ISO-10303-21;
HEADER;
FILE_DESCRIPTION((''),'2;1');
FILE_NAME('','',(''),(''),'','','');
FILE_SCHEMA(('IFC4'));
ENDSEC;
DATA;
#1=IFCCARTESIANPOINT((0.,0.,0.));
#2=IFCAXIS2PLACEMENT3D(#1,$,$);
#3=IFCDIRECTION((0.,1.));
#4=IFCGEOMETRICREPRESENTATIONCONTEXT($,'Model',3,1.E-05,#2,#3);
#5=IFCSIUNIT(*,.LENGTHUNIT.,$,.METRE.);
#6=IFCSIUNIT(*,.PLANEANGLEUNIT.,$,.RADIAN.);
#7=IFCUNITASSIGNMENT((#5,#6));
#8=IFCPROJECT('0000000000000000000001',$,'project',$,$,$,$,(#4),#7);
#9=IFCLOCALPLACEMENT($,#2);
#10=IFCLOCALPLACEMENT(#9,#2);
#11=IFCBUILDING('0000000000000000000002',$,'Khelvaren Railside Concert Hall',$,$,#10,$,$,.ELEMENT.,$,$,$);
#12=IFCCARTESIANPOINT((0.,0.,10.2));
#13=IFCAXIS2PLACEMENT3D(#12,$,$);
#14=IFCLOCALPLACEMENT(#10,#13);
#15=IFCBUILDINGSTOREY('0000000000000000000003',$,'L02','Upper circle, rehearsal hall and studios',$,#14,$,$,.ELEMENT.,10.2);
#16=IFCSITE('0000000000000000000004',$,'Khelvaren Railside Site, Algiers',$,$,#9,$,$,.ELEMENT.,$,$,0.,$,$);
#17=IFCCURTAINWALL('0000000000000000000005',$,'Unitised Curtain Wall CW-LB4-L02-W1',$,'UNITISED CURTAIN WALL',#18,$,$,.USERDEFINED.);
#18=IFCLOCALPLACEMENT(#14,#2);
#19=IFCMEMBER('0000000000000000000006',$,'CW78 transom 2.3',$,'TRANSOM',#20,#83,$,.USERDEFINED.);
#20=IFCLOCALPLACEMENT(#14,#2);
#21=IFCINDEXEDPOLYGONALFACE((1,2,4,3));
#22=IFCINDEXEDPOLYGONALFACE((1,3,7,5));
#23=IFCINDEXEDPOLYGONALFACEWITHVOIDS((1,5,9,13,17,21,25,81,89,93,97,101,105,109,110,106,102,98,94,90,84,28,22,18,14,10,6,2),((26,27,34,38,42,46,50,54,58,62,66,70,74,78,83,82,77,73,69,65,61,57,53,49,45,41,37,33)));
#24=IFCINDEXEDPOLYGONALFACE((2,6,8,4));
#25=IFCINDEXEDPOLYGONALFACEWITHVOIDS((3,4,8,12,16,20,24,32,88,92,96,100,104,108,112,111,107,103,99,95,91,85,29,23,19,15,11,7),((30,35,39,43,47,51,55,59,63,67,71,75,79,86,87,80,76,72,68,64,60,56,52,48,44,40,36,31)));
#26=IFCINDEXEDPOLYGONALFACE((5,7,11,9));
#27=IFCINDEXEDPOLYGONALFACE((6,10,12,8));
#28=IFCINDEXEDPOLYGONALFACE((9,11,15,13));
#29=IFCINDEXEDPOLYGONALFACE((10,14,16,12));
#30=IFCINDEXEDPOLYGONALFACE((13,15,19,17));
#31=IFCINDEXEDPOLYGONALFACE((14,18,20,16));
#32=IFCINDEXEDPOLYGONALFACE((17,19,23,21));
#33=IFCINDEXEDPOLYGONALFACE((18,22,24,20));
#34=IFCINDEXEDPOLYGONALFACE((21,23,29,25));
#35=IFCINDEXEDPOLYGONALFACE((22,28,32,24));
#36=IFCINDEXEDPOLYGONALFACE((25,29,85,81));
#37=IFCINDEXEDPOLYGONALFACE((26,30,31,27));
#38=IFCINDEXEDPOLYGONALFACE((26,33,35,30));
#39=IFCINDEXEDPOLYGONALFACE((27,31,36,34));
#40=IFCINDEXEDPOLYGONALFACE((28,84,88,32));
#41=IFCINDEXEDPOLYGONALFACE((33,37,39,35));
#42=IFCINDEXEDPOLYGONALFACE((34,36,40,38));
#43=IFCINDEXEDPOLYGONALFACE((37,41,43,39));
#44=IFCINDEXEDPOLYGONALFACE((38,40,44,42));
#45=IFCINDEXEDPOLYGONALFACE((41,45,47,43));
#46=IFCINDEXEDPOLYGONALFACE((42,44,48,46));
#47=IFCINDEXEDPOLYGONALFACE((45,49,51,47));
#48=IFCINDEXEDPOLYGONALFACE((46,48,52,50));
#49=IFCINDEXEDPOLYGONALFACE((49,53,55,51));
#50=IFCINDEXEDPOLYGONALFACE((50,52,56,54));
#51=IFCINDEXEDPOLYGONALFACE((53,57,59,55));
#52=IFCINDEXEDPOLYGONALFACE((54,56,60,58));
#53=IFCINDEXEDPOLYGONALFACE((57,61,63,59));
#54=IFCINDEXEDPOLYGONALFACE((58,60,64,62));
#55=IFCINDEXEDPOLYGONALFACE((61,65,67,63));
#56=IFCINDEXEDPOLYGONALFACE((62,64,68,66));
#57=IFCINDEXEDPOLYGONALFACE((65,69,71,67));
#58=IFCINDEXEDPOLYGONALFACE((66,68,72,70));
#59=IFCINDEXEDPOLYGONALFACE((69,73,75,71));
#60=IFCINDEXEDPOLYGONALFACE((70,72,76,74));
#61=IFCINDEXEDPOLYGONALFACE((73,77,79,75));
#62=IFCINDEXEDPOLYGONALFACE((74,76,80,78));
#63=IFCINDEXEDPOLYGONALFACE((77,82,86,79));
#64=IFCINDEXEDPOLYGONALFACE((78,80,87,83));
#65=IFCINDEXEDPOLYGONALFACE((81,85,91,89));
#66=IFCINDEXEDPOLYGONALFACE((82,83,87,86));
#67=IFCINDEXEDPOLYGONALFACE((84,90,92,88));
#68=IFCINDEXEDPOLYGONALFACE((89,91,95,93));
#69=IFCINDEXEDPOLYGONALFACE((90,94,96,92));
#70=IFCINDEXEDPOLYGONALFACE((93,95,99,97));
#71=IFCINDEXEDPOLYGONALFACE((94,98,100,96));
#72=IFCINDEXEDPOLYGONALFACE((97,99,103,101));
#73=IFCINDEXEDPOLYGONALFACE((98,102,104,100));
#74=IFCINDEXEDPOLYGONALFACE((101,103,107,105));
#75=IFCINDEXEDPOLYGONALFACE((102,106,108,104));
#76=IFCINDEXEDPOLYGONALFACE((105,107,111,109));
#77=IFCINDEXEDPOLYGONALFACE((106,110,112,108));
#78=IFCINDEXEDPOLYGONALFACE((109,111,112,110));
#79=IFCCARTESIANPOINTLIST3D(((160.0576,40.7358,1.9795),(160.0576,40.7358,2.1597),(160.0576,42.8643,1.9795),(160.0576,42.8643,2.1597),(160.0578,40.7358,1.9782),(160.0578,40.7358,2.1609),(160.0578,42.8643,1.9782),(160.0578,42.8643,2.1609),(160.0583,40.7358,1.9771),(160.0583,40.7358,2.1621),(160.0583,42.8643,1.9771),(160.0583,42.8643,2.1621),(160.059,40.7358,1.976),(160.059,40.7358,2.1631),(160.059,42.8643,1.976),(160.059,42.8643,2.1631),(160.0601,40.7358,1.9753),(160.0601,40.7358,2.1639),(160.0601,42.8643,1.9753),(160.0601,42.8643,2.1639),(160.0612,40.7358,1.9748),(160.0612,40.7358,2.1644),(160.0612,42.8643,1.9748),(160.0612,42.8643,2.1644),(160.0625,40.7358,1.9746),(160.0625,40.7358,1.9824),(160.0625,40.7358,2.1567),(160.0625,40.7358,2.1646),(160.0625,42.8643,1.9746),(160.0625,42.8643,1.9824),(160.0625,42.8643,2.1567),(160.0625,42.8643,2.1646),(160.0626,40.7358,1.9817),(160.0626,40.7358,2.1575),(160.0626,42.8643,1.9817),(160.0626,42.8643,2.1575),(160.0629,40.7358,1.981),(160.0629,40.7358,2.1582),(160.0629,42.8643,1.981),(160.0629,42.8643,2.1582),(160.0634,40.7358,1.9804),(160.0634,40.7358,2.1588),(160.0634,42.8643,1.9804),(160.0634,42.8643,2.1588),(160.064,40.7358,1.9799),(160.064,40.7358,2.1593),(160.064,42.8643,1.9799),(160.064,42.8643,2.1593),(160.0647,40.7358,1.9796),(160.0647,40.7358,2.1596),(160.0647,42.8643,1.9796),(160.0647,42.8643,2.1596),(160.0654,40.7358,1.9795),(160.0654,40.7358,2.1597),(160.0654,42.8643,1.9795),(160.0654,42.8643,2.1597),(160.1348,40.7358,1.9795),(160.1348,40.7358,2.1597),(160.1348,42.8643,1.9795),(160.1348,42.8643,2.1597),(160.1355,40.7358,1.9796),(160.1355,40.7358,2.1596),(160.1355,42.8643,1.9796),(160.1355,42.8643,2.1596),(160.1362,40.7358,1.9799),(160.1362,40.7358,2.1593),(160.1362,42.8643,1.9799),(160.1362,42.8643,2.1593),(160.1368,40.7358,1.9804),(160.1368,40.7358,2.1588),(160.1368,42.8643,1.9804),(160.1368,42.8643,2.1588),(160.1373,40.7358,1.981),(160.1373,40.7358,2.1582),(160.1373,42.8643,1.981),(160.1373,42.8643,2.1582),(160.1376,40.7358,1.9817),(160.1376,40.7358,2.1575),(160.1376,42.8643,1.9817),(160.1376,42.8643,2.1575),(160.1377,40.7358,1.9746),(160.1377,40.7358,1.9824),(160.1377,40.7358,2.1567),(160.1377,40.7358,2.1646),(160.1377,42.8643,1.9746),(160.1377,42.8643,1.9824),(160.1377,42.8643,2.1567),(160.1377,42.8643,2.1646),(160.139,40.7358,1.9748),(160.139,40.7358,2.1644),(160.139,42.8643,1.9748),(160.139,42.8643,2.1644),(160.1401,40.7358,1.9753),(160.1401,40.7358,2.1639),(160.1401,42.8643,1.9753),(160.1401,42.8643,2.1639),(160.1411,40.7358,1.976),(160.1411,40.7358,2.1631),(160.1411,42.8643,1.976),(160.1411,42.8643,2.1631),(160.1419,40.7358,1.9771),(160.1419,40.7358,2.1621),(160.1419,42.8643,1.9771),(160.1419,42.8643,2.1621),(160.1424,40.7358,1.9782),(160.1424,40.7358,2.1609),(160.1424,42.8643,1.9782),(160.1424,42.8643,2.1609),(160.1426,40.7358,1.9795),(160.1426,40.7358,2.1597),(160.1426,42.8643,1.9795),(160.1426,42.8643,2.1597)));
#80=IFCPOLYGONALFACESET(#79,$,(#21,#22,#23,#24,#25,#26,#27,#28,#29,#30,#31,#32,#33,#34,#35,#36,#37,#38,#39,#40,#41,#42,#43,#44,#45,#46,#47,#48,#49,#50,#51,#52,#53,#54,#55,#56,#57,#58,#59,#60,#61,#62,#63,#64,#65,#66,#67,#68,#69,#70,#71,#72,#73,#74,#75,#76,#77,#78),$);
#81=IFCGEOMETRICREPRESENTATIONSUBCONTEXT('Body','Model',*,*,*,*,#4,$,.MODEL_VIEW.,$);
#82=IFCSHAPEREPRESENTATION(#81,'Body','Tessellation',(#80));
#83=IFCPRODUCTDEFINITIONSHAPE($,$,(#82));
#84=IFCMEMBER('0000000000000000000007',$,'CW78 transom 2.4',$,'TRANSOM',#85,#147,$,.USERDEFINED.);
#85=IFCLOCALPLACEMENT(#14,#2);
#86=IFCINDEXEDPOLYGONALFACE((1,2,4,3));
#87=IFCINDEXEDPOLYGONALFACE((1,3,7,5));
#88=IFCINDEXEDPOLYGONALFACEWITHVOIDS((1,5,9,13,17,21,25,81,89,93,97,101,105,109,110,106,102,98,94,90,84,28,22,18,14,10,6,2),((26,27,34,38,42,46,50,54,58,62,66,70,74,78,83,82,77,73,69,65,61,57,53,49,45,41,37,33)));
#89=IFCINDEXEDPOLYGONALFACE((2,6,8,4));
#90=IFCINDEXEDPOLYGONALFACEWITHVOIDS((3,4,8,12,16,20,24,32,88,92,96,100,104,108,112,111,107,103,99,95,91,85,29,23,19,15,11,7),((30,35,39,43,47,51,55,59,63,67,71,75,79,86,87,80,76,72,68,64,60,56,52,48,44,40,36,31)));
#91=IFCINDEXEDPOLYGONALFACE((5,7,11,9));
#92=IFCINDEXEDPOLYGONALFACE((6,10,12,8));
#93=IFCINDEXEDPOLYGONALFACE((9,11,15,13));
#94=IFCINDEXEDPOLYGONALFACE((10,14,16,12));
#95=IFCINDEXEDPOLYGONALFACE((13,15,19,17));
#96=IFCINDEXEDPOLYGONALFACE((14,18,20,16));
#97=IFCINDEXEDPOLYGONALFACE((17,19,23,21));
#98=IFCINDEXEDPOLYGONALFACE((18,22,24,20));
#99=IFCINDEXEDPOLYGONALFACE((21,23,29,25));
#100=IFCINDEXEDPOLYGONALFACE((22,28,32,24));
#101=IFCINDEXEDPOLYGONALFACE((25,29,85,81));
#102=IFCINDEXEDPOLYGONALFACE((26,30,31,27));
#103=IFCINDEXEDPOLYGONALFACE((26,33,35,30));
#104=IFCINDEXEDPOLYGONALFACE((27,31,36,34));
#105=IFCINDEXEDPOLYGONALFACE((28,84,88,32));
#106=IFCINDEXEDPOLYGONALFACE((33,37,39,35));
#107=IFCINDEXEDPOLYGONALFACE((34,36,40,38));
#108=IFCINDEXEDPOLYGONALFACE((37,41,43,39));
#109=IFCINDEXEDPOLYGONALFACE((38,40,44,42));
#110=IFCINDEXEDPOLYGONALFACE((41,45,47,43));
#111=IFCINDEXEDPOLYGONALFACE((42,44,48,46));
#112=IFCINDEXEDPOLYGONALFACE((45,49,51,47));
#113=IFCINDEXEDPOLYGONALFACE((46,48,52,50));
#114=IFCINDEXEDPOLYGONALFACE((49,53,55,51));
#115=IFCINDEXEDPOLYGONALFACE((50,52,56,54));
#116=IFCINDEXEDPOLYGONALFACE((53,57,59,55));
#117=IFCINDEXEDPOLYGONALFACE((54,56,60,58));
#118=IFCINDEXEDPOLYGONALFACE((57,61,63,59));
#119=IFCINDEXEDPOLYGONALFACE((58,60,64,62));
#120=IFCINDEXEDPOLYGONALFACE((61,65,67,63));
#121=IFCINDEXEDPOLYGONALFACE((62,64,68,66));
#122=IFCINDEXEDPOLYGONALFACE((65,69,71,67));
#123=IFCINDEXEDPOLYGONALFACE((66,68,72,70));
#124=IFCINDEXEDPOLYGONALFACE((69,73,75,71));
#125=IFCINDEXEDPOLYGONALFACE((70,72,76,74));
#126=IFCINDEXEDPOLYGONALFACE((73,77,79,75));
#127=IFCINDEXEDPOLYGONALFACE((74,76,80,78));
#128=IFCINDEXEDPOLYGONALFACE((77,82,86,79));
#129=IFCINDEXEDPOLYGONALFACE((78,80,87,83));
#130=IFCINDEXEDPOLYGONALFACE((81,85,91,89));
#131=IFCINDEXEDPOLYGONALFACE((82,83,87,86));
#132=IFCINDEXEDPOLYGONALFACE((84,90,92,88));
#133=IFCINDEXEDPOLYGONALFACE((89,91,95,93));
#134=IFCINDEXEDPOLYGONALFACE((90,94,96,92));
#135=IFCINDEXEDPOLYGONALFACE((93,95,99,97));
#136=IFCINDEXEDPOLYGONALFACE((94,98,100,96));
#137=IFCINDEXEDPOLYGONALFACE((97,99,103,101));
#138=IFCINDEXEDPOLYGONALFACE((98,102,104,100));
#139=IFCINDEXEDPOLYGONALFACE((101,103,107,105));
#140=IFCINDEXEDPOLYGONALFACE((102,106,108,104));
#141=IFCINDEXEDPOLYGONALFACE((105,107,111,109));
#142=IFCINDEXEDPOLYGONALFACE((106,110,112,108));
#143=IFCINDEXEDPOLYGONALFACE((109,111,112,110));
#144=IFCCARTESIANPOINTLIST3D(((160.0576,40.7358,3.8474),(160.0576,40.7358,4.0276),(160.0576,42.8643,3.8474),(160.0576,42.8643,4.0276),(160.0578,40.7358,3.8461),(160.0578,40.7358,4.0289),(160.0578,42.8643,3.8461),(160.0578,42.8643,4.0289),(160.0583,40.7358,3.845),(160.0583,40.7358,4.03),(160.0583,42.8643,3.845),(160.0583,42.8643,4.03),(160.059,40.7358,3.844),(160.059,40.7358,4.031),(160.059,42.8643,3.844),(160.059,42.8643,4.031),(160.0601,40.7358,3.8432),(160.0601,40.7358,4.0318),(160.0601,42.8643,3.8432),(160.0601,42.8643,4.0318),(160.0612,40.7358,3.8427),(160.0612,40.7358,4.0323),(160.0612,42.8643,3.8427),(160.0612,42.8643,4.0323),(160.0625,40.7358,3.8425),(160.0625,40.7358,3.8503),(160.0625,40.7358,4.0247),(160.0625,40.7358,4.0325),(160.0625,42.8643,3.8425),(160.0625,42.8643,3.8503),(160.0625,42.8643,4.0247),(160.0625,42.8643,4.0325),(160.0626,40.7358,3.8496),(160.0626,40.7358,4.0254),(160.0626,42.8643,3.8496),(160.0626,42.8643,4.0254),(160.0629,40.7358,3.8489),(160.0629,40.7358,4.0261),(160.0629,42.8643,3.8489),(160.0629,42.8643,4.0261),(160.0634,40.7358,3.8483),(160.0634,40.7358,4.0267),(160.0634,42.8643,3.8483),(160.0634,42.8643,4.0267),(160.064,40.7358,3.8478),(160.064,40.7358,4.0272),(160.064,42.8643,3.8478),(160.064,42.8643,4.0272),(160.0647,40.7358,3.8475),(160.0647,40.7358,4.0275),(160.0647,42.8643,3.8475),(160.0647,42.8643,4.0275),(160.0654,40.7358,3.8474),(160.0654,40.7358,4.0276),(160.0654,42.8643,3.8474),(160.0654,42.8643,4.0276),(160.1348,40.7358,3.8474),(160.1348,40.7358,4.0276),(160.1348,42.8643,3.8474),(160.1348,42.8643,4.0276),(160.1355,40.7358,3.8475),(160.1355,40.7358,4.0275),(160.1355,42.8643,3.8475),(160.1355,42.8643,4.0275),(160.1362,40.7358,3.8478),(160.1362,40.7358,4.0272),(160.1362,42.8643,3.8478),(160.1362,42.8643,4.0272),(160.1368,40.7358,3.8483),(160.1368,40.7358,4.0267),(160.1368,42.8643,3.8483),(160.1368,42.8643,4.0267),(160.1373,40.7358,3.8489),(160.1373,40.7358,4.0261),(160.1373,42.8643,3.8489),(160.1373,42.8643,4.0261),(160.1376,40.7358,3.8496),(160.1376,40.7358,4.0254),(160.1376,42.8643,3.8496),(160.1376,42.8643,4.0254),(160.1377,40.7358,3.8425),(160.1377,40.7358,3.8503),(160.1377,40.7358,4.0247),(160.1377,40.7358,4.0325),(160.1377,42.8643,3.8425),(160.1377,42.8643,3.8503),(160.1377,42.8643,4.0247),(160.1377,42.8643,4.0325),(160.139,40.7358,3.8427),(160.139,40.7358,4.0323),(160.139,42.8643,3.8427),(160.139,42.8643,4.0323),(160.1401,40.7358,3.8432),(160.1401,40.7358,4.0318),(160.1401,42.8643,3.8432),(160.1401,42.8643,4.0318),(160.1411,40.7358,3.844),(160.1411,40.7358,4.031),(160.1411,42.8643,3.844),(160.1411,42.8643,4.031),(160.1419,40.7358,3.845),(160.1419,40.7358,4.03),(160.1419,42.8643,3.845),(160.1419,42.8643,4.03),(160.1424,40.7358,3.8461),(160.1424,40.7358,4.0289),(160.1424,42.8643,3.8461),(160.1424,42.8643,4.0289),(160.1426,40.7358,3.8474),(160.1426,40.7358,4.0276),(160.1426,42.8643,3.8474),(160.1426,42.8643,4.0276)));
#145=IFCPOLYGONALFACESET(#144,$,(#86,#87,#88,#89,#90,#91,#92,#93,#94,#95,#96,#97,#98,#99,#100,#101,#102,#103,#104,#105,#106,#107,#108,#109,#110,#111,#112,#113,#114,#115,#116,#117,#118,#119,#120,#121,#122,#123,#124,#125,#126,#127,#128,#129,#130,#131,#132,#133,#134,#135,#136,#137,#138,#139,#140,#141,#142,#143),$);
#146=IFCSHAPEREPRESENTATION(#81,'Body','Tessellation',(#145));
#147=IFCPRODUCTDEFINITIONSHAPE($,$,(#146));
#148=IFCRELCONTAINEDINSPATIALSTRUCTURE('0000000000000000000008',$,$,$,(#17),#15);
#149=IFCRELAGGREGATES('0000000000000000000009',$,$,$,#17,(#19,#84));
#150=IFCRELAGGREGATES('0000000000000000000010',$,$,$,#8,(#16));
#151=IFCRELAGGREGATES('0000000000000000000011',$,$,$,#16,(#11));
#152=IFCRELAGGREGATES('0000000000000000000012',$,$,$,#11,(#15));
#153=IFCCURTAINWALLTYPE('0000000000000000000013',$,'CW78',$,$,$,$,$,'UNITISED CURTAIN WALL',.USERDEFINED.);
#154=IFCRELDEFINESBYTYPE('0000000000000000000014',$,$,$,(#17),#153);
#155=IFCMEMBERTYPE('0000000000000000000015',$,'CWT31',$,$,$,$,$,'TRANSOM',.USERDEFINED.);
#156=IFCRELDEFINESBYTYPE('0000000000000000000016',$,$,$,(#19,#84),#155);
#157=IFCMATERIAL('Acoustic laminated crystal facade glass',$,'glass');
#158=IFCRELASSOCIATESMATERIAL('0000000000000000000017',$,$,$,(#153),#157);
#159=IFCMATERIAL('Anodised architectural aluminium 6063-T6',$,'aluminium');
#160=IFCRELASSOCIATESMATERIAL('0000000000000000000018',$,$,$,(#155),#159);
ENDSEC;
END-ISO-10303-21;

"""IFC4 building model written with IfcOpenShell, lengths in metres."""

from ifc_helpers import new_model, si_unit, direction, frame, origin, origin_2d, place, context, subcontext, project, spatial, hollow_rectangle, extrude, material, material_profile, profile_set, type_object, element, aggregate, save


model = new_model("IFC4")

# Units and contexts
model_context = context("Model", 3, precision=1e-05, world=origin(), true_north=direction((0.0, 1.0)))
body_context = subcontext(model_context, "Body", "Model", "MODEL_VIEW")
ifc_project = project(units=[si_unit("LENGTHUNIT", "METRE"), si_unit("PLANEANGLEUNIT", "RADIAN")], contexts=[model_context])

# Site, building, storey
site_placement = place(None, origin())
site = spatial("IfcSite", under=ifc_project, at=site_placement, Name="Khelvaren Railside Site, Algiers", CompositionType="ELEMENT", RefElevation=0.0)
building_placement = place(site_placement, origin())
building = spatial("IfcBuilding", under=site, at=building_placement, Name="Khelvaren Railside Concert Hall", CompositionType="ELEMENT")
storey_placement = place(building_placement, frame((0.0, 0.0, 10.2)))
storey = spatial("IfcBuildingStorey", under=building, at=storey_placement, Name="L02", Description="Upper circle, rehearsal hall and studios", CompositionType="ELEMENT", Elevation=10.2)

# Curtain wall, members
ifc_material_1 = material(Name="Acoustic laminated crystal facade glass", Category="glass")
curtain_wall_type = type_object("IfcCurtainWallType", Name="CW78", ElementType="UNITISED CURTAIN WALL", PredefinedType="USERDEFINED", material=ifc_material_1)
curtain_wall_placement = place(storey_placement, origin())
curtain_wall = element("IfcCurtainWall", 1, at=curtain_wall_placement, inside=storey, type_object=curtain_wall_type, Name="Unitised Curtain Wall CW-LB4-L02-W1", ObjectType="UNITISED CURTAIN WALL", PredefinedType="USERDEFINED")
ifc_material_2 = material(Name="Anodised architectural aluminium 6063-T6", Category="aluminium")
ifc_material_profile_1 = material_profile(ifc_material_2, hollow_rectangle(XDim=0.085, YDim=0.1899, WallThickness=0.0049, InnerFilletRadius=0.0029, OuterFilletRadius=0.0049, at=origin_2d()), Name="CWT 85x190x5")
ifc_profile_set_1 = profile_set([ifc_material_profile_1], Name="Anodised architectural aluminium 6063-T6")
member_type_1 = type_object("IfcMemberType", Name="CWT31", ElementType="TRANSOM", PredefinedType="USERDEFINED", material=ifc_profile_set_1)
member_1_placement = place(storey_placement, frame((160.1001, 40.7358, 2.0696), z_axis=(0.0, 1.0, 0.0), x_axis=(-1.0, 0.0, 0.0)))
member_1 = element("IfcMember", 2, at=member_1_placement, type_object=member_type_1, Name="CW78 transom 2.3", ObjectType="TRANSOM", PredefinedType="USERDEFINED", context=body_context, shape_type="SweptSolid", body=[
    extrude(hollow_rectangle(XDim=0.085, YDim=0.1899, WallThickness=0.0049, InnerFilletRadius=0.0029, OuterFilletRadius=0.0049, at=origin_2d()), origin(), (0.0, 0.0, 1.0), 2.1284),
])
member_2_placement = place(storey_placement, frame((160.1001, 40.7358, 3.9375), z_axis=(0.0, 1.0, 0.0), x_axis=(-1.0, 0.0, 0.0)))
member_2 = element("IfcMember", 3, at=member_2_placement, type_object=member_type_1, Name="CW78 transom 2.4", ObjectType="TRANSOM", PredefinedType="USERDEFINED", context=body_context, shape_type="SweptSolid", body=[
    extrude(hollow_rectangle(XDim=0.085, YDim=0.1899, WallThickness=0.0049, InnerFilletRadius=0.0029, OuterFilletRadius=0.0049, at=origin_2d()), origin(), (0.0, 0.0, 1.0), 2.1284),
])
aggregate(curtain_wall, [member_1, member_2])

save(model, "model.ifc")
